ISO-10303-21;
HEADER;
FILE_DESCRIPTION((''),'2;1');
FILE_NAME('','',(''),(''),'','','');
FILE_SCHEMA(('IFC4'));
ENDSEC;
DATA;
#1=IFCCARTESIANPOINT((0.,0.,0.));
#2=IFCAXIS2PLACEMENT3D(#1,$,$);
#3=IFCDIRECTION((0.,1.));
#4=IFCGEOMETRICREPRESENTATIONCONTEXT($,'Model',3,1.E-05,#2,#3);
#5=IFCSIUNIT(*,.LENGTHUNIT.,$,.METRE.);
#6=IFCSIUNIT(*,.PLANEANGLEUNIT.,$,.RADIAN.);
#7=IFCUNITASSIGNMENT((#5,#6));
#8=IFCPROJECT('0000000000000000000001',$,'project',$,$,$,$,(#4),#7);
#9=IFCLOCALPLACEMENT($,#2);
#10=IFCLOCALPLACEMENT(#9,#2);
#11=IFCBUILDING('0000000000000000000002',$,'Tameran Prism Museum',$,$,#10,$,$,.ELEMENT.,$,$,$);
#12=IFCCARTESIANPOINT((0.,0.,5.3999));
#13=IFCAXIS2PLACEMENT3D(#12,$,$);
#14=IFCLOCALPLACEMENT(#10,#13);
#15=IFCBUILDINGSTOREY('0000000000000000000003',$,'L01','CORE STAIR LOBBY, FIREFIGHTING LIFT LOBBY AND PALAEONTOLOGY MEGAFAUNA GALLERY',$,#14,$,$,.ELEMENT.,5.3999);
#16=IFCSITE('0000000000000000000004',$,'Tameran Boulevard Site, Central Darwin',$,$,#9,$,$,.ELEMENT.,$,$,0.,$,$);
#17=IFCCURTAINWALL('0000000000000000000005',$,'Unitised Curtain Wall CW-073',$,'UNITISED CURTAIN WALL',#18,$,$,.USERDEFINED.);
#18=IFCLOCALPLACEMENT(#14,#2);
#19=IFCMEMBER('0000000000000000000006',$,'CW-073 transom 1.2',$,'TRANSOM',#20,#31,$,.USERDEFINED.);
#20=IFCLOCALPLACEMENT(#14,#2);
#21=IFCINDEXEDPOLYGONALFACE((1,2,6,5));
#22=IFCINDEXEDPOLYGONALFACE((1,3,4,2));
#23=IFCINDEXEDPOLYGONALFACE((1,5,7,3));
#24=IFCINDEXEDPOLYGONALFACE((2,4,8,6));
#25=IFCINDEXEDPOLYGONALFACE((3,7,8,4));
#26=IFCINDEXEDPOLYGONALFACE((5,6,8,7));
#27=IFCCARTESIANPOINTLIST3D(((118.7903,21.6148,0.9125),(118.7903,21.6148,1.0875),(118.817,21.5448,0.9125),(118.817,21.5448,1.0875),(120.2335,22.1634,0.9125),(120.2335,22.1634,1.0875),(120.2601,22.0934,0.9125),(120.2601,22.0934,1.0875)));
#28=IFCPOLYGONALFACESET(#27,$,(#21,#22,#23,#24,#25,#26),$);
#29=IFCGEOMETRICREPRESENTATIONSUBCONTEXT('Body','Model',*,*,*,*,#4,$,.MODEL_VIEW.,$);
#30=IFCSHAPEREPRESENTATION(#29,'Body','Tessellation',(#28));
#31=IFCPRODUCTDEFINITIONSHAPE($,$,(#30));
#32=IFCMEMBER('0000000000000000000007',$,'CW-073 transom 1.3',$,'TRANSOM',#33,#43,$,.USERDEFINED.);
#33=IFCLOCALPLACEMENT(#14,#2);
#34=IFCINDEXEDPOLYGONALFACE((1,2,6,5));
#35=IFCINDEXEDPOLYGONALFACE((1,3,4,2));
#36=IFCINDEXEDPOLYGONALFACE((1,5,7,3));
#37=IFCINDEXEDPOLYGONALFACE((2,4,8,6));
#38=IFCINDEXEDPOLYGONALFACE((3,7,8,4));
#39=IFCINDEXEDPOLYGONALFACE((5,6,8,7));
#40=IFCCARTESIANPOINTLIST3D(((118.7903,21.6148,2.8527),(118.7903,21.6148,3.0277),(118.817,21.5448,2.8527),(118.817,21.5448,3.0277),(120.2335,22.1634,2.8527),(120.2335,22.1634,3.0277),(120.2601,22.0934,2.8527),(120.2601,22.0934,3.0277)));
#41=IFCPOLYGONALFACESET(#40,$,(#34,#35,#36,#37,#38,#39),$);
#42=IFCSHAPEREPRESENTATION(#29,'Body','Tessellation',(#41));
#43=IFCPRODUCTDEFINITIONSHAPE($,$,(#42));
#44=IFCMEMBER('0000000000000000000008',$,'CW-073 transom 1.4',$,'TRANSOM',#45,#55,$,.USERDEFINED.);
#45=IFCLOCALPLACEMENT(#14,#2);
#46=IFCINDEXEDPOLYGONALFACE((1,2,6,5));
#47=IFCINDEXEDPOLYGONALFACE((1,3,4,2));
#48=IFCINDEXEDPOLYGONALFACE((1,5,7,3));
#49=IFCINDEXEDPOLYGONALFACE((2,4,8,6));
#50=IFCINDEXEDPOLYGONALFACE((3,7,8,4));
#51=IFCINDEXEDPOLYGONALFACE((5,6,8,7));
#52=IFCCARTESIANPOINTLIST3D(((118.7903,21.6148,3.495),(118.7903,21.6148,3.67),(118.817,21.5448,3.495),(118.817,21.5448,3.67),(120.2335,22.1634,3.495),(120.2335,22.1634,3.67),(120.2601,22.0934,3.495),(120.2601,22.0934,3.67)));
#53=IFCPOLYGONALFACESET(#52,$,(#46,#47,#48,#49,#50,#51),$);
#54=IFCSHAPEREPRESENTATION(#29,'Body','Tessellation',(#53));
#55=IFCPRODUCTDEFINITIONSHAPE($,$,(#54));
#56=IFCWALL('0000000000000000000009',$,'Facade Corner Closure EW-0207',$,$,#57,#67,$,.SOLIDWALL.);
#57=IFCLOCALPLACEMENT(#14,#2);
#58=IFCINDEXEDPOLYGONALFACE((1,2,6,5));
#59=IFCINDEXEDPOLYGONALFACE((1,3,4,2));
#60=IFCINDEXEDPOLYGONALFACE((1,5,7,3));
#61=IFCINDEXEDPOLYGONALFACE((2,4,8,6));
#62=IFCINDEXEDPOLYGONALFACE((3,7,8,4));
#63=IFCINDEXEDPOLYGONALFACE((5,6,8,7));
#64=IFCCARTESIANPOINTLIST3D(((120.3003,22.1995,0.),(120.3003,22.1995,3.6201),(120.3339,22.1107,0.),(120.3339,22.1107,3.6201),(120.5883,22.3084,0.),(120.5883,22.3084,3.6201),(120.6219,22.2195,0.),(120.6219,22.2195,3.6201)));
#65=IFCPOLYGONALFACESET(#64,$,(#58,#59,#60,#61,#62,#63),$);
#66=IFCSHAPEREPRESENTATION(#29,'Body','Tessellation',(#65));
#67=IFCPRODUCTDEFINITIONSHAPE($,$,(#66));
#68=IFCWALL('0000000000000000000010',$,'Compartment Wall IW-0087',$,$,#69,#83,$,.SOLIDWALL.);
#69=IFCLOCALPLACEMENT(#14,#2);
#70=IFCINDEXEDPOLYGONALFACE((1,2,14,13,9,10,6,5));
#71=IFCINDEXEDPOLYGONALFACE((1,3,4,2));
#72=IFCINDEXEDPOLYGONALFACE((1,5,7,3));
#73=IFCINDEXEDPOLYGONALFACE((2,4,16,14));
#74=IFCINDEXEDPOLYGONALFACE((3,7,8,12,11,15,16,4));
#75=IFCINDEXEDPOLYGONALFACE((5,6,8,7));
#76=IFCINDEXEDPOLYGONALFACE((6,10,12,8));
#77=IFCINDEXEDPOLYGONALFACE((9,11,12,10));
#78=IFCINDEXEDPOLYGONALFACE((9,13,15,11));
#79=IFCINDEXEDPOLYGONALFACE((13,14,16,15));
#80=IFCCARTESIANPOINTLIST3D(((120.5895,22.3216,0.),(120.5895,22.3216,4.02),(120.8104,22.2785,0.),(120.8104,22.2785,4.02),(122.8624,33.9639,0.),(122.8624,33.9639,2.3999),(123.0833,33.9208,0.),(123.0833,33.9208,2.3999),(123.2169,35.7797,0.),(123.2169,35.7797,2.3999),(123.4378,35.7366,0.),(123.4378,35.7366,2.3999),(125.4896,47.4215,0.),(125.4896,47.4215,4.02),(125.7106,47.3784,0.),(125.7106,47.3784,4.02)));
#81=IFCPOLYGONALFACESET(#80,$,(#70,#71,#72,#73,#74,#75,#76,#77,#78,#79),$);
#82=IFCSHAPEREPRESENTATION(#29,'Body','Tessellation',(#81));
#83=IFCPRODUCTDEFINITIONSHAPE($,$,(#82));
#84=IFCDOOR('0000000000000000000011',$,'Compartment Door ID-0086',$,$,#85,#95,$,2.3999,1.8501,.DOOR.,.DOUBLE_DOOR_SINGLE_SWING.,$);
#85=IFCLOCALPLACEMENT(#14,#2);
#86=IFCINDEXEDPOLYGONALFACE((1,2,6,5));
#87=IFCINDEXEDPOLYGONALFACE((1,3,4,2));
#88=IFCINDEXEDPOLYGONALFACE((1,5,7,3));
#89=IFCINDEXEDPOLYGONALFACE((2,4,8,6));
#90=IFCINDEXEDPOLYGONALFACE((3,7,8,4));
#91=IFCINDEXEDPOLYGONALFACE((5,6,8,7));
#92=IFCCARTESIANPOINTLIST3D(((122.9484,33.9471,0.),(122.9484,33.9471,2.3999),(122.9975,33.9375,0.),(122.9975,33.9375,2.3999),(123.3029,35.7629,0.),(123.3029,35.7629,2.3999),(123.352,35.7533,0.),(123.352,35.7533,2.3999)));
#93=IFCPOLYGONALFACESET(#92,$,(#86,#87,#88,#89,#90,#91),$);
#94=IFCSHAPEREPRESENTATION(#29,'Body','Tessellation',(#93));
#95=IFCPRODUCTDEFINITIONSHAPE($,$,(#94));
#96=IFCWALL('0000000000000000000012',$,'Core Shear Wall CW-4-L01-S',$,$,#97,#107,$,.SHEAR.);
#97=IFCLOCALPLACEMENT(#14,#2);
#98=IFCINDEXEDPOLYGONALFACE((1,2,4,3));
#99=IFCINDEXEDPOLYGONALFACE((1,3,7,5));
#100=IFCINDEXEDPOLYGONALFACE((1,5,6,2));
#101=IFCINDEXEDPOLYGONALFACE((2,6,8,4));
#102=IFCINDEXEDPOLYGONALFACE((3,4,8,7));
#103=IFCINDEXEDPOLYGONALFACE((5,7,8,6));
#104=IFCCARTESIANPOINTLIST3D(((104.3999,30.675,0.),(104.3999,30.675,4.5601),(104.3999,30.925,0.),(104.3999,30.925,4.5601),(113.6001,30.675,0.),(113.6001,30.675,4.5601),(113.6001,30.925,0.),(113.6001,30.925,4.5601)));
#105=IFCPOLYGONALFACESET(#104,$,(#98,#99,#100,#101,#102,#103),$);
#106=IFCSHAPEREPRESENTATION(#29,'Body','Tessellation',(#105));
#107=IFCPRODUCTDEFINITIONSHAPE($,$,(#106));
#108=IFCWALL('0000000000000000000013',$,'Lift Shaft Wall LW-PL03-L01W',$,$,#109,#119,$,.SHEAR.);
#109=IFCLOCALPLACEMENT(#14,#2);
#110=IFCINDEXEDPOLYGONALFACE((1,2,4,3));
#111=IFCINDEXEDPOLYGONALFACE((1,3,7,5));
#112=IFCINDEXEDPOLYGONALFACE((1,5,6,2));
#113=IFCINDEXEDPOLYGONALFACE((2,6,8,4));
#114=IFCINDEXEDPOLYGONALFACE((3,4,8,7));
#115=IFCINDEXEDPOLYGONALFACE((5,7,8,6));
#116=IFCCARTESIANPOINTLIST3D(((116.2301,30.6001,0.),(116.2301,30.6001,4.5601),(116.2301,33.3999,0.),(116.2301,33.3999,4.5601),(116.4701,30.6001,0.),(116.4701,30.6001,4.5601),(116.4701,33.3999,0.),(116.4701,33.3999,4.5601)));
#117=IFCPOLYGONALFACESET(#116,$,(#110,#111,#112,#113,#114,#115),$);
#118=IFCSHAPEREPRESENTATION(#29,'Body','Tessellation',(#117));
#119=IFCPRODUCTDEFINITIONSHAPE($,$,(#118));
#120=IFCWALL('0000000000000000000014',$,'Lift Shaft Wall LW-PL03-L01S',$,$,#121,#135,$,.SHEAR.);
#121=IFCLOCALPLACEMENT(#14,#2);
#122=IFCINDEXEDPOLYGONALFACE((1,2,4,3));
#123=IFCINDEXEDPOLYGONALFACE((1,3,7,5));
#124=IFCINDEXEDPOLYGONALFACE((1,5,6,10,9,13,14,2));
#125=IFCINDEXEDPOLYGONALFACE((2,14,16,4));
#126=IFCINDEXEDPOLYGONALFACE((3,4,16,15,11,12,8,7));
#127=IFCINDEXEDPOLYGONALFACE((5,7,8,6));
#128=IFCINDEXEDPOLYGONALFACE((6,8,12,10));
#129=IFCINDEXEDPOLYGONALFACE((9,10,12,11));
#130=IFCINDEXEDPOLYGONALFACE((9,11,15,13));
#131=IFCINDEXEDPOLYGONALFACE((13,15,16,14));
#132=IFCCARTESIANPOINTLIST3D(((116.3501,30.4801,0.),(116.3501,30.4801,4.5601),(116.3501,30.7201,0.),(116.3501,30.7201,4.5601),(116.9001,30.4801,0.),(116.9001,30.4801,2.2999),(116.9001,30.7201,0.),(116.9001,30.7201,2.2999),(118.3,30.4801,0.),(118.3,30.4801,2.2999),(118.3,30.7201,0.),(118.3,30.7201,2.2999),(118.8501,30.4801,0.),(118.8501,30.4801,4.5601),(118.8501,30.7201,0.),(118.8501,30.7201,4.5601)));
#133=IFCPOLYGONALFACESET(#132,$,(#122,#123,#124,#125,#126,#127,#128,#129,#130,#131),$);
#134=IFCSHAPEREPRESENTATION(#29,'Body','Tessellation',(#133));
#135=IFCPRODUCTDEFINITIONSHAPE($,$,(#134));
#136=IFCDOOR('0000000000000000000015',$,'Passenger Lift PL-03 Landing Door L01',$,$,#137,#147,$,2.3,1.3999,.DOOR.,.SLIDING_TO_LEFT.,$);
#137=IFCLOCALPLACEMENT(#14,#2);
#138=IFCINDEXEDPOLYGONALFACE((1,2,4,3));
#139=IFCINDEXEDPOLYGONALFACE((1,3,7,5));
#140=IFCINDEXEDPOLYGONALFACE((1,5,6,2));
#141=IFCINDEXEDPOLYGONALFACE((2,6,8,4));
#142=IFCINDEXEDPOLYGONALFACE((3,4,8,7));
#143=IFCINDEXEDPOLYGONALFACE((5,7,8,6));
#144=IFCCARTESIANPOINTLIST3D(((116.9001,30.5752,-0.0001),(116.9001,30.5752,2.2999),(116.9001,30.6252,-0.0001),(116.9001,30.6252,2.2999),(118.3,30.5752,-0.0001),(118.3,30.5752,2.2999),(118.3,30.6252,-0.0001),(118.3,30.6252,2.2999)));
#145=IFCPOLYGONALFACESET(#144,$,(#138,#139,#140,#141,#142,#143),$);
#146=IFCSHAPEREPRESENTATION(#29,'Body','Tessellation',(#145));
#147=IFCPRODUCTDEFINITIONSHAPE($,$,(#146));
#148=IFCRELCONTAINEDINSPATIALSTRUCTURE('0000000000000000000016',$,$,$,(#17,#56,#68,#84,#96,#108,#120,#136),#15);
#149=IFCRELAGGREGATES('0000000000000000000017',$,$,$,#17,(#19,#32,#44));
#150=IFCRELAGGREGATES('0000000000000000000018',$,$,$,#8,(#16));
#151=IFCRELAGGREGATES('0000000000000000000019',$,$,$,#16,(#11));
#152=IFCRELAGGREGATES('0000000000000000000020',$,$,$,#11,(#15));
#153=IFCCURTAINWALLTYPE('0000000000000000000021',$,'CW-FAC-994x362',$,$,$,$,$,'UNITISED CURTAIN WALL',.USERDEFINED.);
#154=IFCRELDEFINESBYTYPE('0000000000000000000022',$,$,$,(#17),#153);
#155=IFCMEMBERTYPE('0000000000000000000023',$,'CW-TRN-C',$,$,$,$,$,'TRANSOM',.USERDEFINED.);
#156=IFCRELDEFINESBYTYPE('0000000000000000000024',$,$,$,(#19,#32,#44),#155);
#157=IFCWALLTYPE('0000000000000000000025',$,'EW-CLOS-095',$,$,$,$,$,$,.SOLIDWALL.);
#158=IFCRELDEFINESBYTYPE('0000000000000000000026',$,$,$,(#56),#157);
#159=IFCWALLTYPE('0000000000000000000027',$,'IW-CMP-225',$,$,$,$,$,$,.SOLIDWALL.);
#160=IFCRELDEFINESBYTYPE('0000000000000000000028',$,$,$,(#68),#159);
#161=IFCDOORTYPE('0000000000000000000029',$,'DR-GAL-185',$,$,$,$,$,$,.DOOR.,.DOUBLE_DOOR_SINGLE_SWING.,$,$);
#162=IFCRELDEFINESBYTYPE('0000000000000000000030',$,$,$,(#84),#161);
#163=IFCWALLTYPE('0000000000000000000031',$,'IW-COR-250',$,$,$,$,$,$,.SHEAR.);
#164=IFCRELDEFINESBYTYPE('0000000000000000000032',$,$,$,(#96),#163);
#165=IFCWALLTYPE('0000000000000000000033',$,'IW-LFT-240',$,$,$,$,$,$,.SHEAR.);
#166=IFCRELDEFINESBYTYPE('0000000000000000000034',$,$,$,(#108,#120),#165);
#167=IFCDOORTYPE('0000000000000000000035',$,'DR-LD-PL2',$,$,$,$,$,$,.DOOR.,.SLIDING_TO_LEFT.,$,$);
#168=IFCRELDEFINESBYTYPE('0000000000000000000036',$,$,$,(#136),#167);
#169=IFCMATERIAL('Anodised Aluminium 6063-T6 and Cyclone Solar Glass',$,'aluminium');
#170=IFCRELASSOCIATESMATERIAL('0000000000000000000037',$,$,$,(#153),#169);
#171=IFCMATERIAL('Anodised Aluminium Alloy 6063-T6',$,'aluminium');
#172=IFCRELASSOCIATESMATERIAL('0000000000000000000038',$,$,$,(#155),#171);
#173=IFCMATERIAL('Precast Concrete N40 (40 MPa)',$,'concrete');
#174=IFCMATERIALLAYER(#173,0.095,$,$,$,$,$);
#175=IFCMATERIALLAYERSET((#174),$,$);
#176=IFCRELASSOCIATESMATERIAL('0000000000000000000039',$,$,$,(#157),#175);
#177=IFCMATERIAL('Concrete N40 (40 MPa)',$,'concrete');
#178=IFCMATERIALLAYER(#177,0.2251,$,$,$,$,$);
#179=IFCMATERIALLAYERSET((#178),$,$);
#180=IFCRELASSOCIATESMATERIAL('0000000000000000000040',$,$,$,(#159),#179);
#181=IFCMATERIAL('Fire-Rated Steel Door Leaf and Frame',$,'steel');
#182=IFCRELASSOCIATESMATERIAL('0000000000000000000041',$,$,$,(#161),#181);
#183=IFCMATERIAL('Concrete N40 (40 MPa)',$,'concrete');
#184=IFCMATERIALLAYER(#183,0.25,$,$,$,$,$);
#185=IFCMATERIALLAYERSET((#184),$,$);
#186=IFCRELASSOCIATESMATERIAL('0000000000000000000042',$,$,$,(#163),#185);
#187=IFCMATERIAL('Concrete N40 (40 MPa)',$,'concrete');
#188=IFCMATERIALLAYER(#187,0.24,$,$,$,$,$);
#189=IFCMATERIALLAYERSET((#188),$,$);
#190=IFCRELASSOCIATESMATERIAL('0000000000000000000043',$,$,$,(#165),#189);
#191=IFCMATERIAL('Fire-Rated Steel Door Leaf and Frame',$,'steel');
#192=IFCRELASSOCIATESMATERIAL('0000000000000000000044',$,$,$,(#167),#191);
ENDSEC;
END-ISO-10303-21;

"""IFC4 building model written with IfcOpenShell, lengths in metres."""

from ifc_helpers import new_model, si_unit, direction, frame, frame_2d, origin, origin_2d, place, context, subcontext, project, spatial, rectangle, extrude, material, layer, layer_set, material_profile, profile_set, type_object, element, fill, aggregate, save


model = new_model("IFC4")

# Units and contexts
model_context = context("Model", 3, precision=1e-05, world=origin(), true_north=direction((0.0, 1.0)))
body_context = subcontext(model_context, "Body", "Model", "MODEL_VIEW")
ifc_project = project(units=[si_unit("LENGTHUNIT", "METRE"), si_unit("PLANEANGLEUNIT", "RADIAN")], contexts=[model_context])

# Site, building, storey
site_placement = place(None, origin())
site = spatial("IfcSite", under=ifc_project, at=site_placement, Name="Tameran Boulevard Site, Central Darwin", CompositionType="ELEMENT", RefElevation=0.0)
building_placement = place(site_placement, origin())
building = spatial("IfcBuilding", under=site, at=building_placement, Name="Tameran Prism Museum", CompositionType="ELEMENT")
storey_placement = place(building_placement, frame((0.0, 0.0, 5.3999)))
storey = spatial("IfcBuildingStorey", under=building, at=storey_placement, Name="L01", Description="CORE STAIR LOBBY, FIREFIGHTING LIFT LOBBY AND PALAEONTOLOGY MEGAFAUNA GALLERY", CompositionType="ELEMENT", Elevation=5.3999)

# Curtain wall, members
ifc_material_1 = material(Name="Anodised Aluminium 6063-T6 and Cyclone Solar Glass", Category="aluminium")
curtain_wall_type = type_object("IfcCurtainWallType", Name="CW-FAC-994x362", ElementType="UNITISED CURTAIN WALL", PredefinedType="USERDEFINED", material=ifc_material_1)
curtain_wall_placement = place(storey_placement, origin())
curtain_wall = element("IfcCurtainWall", 1, at=curtain_wall_placement, inside=storey, type_object=curtain_wall_type, Name="Unitised Curtain Wall CW-073", ObjectType="UNITISED CURTAIN WALL", PredefinedType="USERDEFINED")
ifc_material_2 = material(Name="Anodised Aluminium Alloy 6063-T6", Category="aluminium")
ifc_material_profile_1 = material_profile(ifc_material_2, rectangle(XDim=0.075, YDim=0.175, at=origin_2d()))
ifc_profile_set_1 = profile_set([ifc_material_profile_1])
member_type_1 = type_object("IfcMemberType", Name="CW-TRN-C", ElementType="TRANSOM", PredefinedType="USERDEFINED", material=ifc_profile_set_1)
member_1_placement = place(storey_placement, frame((120.2468, 22.1284, 1.0), z_axis=(-0.934741, -0.355331, 0.0), x_axis=(0.355331, -0.934741, 0.0)))
member_1 = element("IfcMember", 2, at=member_1_placement, type_object=member_type_1, Name="CW-073 transom 1.2", ObjectType="TRANSOM", PredefinedType="USERDEFINED", context=body_context, shape_type="SweptSolid", body=[
    extrude(rectangle(XDim=0.075, YDim=0.175, at=origin_2d()), origin(), (0.0, 0.0, 1.0), 1.5439),
])
member_2_placement = place(storey_placement, frame((120.2468, 22.1284, 2.9402), z_axis=(-0.934741, -0.355331, 0.0), x_axis=(0.355331, -0.934741, 0.0)))
member_2 = element("IfcMember", 3, at=member_2_placement, type_object=member_type_1, Name="CW-073 transom 1.3", ObjectType="TRANSOM", PredefinedType="USERDEFINED", context=body_context, shape_type="SweptSolid", body=[
    extrude(rectangle(XDim=0.075, YDim=0.175, at=origin_2d()), origin(), (0.0, 0.0, 1.0), 1.5439),
])
member_3_placement = place(storey_placement, frame((120.2468, 22.1284, 3.5825), z_axis=(-0.934741, -0.355331, 0.0), x_axis=(0.355331, -0.934741, 0.0)))
member_3 = element("IfcMember", 4, at=member_3_placement, type_object=member_type_1, Name="CW-073 transom 1.4", ObjectType="TRANSOM", PredefinedType="USERDEFINED", context=body_context, shape_type="SweptSolid", body=[
    extrude(rectangle(XDim=0.075, YDim=0.175, at=origin_2d()), origin(), (0.0, 0.0, 1.0), 1.5439),
])
aggregate(curtain_wall, [member_1, member_2, member_3])

# Wall
ifc_material_3 = material(Name="Precast Concrete N40 (40 MPa)", Category="concrete")
ifc_layer_1 = layer(ifc_material_3, 0.095)
ifc_layer_set_1 = layer_set([ifc_layer_1])
wall_type_1 = type_object("IfcWallType", Name="EW-CLOS-095", PredefinedType="SOLIDWALL", material=ifc_layer_set_1)
wall_1_placement = place(storey_placement, frame((120.605, 22.2639, 0.0), z_axis=(0.0, 0.0, 1.0), x_axis=(-0.935414, -0.353555, 0.0)))
element("IfcWall", 5, at=wall_1_placement, inside=storey, type_object=wall_type_1, Name="Facade Corner Closure EW-0207", PredefinedType="SOLIDWALL", context=body_context, shape_type="SweptSolid", body=[
    extrude(rectangle(XDim=0.3079, YDim=0.095, at=frame_2d((0.1538, 0.0))), origin(), (0.0, 0.0, 1.0), 3.6201),
])

# Wall, opening, door
ifc_material_4 = material(Name="Concrete N40 (40 MPa)", Category="concrete")
ifc_layer_2 = layer(ifc_material_4, 0.2251)
ifc_layer_set_2 = layer_set([ifc_layer_2])
wall_type_2 = type_object("IfcWallType", Name="IW-CMP-225", PredefinedType="SOLIDWALL", material=ifc_layer_set_2)
wall_2_placement = place(storey_placement, frame((120.7, 22.3, 0.0), z_axis=(0.0, 0.0, 1.0), x_axis=(0.191609, 0.981471, 0.0)))
wall_2 = element("IfcWall", 6, at=wall_2_placement, inside=storey, type_object=wall_type_2, Name="Compartment Wall IW-0087", PredefinedType="SOLIDWALL", context=body_context, shape_type="SweptSolid", body=[
    extrude(rectangle(XDim=25.5737, YDim=0.2251, at=frame_2d((12.7869, 0.0))), origin(), (0.0, 0.0, 1.0), 4.02),
])
opening_1_placement = place(wall_2_placement, frame((11.8621, 0.0, 0.0)))
opening_1 = element("IfcOpeningElement", 7, at=opening_1_placement, cuts=wall_2, PredefinedType="OPENING", context=body_context, shape_type="SweptSolid", body=[
    extrude(rectangle(XDim=1.8501, YDim=2.3999, at=frame_2d((0.925, 1.2))), frame((0.0, 0.1226, 0.0), z_axis=(0.0, -1.0, 0.0), x_axis=(1.0, 0.0, 0.0)), (0.0, 0.0, 1.0), 0.2451),
])
ifc_material_5 = material(Name="Fire-Rated Steel Door Leaf and Frame", Category="steel")
door_type_1 = type_object("IfcDoorType", Name="DR-GAL-185", OperationType="DOUBLE_DOOR_SINGLE_SWING", PredefinedType="DOOR", material=ifc_material_5)
door_1_placement = place(opening_1_placement, origin())
door_1 = element("IfcDoor", 8, at=door_1_placement, inside=storey, type_object=door_type_1, Name="Compartment Door ID-0086", OperationType="DOUBLE_DOOR_SINGLE_SWING", OverallHeight=2.3999, OverallWidth=1.8501, PredefinedType="DOOR", context=body_context, shape_type="SweptSolid", body=[
    extrude(rectangle(XDim=1.8501, YDim=2.3999, at=frame_2d((0.925, 1.2))), frame((0.0, 0.0249, 0.0), z_axis=(0.0, -1.0, 0.0), x_axis=(1.0, 0.0, 0.0)), (0.0, 0.0, 1.0), 0.05),
])
fill(opening_1, door_1)

# Walls
ifc_material_6 = material(Name="Concrete N40 (40 MPa)", Category="concrete")
ifc_layer_3 = layer(ifc_material_6, 0.25)
ifc_layer_set_3 = layer_set([ifc_layer_3])
wall_type_3 = type_object("IfcWallType", Name="IW-COR-250", PredefinedType="SHEAR", material=ifc_layer_set_3)
wall_3_placement = place(storey_placement, frame((113.6001, 30.8, 0.0), z_axis=(0.0, 0.0, 1.0), x_axis=(-1.0, 0.0, 0.0)))
element("IfcWall", 9, at=wall_3_placement, inside=storey, type_object=wall_type_3, Name="Core Shear Wall CW-4-L01-S", PredefinedType="SHEAR", context=body_context, shape_type="SweptSolid", body=[
    extrude(rectangle(XDim=9.2002, YDim=0.25, at=frame_2d((4.6001, 0.0))), origin(), (0.0, 0.0, 1.0), 4.5601),
])
ifc_material_7 = material(Name="Concrete N40 (40 MPa)", Category="concrete")
ifc_layer_4 = layer(ifc_material_7, 0.24)
ifc_layer_set_4 = layer_set([ifc_layer_4])
wall_type_4 = type_object("IfcWallType", Name="IW-LFT-240", PredefinedType="SHEAR", material=ifc_layer_set_4)
wall_4_placement = place(storey_placement, frame((116.3501, 30.6001, 0.0), z_axis=(0.0, 0.0, 1.0), x_axis=(0.0, 1.0, 0.0)))
element("IfcWall", 10, at=wall_4_placement, inside=storey, type_object=wall_type_4, Name="Lift Shaft Wall LW-PL03-L01W", PredefinedType="SHEAR", context=body_context, shape_type="SweptSolid", body=[
    extrude(rectangle(XDim=2.7998, YDim=0.24, at=frame_2d((1.3999, 0.0))), origin(), (0.0, 0.0, 1.0), 4.5601),
])

# Wall, opening, door
wall_5_placement = place(storey_placement, frame((118.8501, 30.6001, 0.0), z_axis=(0.0, 0.0, 1.0), x_axis=(-1.0, 0.0, 0.0)))
wall_5 = element("IfcWall", 11, at=wall_5_placement, inside=storey, type_object=wall_type_4, Name="Lift Shaft Wall LW-PL03-L01S", PredefinedType="SHEAR", context=body_context, shape_type="SweptSolid", body=[
    extrude(rectangle(XDim=2.5, YDim=0.24, at=frame_2d((1.25, 0.0))), origin(), (0.0, 0.0, 1.0), 4.5601),
])
opening_2_placement = place(wall_5_placement, frame((0.55, 0.0, 0.0)))
opening_2 = element("IfcOpeningElement", 12, at=opening_2_placement, cuts=wall_5, PredefinedType="OPENING", context=body_context, shape_type="SweptSolid", body=[
    extrude(rectangle(XDim=1.3999, YDim=2.3, at=frame_2d((0.7, 1.1499))), frame((0.0, 0.1299, 0.0), z_axis=(0.0, -1.0, 0.0), x_axis=(1.0, 0.0, 0.0)), (0.0, 0.0, 1.0), 0.26),
])
ifc_material_8 = material(Name="Fire-Rated Steel Door Leaf and Frame", Category="steel")
door_type_2 = type_object("IfcDoorType", Name="DR-LD-PL2", OperationType="SLIDING_TO_LEFT", PredefinedType="DOOR", material=ifc_material_8)
door_2_placement = place(opening_2_placement, origin())
door_2 = element("IfcDoor", 13, at=door_2_placement, inside=storey, type_object=door_type_2, Name="Passenger Lift PL-03 Landing Door L01", OperationType="SLIDING_TO_LEFT", OverallHeight=2.3, OverallWidth=1.3999, PredefinedType="DOOR", context=body_context, shape_type="SweptSolid", body=[
    extrude(rectangle(XDim=1.3999, YDim=2.3, at=frame_2d((0.7, 1.1499))), frame((0.0, 0.0249, 0.0), z_axis=(0.0, -1.0, 0.0), x_axis=(1.0, 0.0, 0.0)), (0.0, 0.0, 1.0), 0.05),
])
fill(opening_2, door_2)

save(model, "model.ifc")
